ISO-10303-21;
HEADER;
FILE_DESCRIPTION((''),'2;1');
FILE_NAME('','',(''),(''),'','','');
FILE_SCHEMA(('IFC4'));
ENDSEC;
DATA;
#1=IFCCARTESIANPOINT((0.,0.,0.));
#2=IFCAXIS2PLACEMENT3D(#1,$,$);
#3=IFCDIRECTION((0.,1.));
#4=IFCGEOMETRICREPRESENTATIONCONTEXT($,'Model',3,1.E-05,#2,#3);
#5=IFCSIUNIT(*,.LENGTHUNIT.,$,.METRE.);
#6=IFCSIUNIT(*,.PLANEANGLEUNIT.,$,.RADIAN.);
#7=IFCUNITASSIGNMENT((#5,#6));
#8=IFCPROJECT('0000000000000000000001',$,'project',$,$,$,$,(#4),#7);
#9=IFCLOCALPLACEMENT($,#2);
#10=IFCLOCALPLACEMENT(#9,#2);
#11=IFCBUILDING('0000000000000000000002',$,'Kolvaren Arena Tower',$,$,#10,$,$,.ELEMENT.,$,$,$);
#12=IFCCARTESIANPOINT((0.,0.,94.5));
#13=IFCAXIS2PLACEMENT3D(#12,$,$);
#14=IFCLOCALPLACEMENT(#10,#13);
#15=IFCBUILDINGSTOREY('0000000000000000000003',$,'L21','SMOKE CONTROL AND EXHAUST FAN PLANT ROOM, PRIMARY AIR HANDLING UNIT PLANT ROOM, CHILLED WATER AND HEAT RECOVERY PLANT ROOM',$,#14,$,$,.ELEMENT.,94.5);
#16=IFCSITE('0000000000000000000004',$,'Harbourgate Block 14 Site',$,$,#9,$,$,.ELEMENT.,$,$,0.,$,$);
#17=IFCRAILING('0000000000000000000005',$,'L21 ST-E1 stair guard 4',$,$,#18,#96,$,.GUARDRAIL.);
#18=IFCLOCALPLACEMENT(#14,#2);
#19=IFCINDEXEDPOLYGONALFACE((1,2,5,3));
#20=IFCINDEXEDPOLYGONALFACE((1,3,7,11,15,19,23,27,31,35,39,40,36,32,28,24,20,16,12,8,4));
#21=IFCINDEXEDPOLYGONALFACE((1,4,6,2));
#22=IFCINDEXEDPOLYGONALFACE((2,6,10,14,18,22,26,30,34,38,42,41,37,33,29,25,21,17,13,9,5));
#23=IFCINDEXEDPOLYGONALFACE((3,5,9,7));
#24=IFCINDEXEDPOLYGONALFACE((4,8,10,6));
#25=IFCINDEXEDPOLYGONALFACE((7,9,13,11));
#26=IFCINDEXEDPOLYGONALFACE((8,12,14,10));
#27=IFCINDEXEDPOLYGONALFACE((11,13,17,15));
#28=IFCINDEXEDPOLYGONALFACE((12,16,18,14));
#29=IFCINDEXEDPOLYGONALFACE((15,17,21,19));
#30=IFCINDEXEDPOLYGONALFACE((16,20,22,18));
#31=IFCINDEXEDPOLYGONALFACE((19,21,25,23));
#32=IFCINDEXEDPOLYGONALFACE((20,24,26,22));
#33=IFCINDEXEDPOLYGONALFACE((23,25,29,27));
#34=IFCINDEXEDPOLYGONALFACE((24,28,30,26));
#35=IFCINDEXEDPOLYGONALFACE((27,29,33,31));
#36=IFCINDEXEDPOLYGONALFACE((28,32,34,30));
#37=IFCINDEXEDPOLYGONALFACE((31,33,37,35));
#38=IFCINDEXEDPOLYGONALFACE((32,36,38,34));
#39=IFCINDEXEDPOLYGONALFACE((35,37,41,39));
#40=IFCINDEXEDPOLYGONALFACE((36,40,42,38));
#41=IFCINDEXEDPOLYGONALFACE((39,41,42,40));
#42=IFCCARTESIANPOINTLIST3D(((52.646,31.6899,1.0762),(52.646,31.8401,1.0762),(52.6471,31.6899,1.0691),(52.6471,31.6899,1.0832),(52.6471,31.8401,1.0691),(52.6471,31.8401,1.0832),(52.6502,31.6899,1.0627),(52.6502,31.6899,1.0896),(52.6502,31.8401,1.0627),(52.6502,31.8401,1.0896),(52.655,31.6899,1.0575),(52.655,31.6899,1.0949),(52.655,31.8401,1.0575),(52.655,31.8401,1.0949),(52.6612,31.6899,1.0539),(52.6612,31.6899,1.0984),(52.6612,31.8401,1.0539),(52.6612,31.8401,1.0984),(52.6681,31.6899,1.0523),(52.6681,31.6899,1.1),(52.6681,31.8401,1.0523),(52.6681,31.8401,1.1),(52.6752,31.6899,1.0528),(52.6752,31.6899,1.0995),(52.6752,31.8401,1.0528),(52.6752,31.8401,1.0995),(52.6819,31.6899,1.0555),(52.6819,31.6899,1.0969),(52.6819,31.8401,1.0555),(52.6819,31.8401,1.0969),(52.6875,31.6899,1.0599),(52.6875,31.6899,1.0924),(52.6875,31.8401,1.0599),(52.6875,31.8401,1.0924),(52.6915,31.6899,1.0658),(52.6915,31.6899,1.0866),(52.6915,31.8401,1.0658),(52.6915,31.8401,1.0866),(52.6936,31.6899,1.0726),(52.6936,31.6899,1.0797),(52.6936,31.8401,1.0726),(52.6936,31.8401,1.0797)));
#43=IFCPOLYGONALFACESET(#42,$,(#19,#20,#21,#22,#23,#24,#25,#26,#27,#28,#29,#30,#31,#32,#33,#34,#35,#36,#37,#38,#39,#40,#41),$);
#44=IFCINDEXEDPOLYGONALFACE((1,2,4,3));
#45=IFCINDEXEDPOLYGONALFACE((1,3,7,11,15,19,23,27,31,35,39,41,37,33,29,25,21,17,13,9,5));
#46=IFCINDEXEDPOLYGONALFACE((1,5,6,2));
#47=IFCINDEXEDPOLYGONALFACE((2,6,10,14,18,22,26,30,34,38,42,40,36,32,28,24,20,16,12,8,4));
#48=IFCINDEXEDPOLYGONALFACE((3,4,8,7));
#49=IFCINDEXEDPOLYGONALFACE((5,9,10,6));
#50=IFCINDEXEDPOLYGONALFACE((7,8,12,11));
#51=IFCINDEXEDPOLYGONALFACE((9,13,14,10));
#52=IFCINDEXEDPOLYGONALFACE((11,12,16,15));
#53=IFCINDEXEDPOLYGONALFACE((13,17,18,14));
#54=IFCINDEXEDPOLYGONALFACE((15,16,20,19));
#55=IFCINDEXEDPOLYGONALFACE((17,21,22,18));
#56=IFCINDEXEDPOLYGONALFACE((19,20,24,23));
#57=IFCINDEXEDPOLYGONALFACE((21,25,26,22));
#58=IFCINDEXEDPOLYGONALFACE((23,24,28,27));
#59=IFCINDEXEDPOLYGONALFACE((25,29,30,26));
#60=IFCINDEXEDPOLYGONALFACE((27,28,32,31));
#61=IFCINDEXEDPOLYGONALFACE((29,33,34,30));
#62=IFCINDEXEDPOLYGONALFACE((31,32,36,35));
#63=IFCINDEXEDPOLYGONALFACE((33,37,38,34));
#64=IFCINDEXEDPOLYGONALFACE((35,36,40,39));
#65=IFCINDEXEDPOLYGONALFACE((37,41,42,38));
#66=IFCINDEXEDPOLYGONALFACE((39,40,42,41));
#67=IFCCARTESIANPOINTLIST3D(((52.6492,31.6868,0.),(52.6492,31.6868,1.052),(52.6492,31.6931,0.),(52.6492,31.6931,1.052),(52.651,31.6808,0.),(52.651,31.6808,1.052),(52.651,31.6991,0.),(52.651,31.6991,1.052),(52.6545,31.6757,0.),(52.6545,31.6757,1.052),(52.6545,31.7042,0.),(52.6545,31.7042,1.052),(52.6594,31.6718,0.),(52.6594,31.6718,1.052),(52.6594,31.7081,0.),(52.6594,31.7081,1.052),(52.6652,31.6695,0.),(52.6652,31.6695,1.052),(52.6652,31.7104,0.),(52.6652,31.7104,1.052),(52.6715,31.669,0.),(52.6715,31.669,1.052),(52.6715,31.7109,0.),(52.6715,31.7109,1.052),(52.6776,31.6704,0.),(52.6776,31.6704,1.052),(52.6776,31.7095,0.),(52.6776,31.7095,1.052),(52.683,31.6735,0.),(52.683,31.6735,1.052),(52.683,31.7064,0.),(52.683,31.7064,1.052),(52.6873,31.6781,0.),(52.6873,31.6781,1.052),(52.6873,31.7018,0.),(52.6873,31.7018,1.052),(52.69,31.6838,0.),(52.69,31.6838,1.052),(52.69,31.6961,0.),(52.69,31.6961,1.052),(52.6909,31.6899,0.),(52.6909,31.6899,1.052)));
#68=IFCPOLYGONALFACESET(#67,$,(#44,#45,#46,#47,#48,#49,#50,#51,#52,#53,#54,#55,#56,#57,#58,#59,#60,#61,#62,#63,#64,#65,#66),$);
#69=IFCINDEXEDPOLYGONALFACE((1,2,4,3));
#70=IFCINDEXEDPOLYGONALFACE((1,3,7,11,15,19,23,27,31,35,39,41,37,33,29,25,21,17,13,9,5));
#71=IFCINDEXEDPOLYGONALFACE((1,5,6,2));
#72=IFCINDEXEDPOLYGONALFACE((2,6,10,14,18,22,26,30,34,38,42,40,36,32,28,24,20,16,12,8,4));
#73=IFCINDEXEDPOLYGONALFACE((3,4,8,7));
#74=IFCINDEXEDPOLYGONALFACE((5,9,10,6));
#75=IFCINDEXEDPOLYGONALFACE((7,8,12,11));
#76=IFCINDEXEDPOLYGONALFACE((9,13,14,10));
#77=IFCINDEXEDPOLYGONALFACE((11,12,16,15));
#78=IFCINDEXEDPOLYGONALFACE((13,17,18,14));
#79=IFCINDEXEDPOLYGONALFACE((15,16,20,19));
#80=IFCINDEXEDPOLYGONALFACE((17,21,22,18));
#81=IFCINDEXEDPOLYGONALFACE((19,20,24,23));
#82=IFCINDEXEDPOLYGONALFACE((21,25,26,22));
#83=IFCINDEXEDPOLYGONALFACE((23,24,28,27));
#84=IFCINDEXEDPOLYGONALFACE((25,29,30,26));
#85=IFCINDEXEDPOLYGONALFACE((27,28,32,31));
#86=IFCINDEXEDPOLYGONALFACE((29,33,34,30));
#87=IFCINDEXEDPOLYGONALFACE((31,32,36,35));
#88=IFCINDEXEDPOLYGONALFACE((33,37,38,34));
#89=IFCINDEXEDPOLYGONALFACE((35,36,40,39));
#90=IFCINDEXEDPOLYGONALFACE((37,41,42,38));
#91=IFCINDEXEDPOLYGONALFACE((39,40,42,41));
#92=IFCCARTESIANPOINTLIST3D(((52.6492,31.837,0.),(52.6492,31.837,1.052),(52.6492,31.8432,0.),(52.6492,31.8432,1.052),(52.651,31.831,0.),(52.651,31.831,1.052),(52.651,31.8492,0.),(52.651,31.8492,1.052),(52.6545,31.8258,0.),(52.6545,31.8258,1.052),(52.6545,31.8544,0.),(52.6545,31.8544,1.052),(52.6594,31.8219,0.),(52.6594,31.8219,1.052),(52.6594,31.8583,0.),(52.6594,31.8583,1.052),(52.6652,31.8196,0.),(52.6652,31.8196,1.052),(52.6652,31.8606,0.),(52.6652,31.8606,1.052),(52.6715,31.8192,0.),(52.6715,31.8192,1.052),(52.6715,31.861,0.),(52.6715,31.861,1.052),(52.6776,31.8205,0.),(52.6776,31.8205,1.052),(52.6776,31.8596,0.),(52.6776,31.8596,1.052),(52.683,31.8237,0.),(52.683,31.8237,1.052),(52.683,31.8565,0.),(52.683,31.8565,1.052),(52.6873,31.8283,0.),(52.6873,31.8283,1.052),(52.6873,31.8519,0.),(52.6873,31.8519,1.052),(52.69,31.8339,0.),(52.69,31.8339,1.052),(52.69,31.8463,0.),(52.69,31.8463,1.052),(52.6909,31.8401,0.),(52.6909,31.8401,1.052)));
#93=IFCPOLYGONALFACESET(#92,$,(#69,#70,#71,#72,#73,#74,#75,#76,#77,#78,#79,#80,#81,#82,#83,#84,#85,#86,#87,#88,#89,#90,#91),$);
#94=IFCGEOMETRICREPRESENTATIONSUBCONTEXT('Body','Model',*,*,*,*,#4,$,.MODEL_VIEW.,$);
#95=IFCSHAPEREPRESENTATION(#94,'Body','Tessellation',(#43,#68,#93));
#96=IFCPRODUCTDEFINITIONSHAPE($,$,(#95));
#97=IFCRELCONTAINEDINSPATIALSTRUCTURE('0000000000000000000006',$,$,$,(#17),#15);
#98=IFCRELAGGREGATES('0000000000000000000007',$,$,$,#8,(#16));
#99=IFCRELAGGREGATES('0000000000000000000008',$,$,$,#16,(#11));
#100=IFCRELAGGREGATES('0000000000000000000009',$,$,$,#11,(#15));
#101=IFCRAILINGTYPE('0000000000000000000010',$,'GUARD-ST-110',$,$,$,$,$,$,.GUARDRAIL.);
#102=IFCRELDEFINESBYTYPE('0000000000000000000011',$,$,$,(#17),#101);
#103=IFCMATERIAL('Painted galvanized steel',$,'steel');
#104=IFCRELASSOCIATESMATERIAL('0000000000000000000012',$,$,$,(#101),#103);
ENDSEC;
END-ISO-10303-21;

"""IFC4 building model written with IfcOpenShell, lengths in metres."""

from ifc_helpers import new_model, si_unit, direction, frame, origin, origin_2d, place, context, subcontext, project, spatial, circle, extrude, material, type_object, element, save


model = new_model("IFC4")

# Units and contexts
model_context = context("Model", 3, precision=1e-05, world=origin(), true_north=direction((0.0, 1.0)))
body_context = subcontext(model_context, "Body", "Model", "MODEL_VIEW")
ifc_project = project(units=[si_unit("LENGTHUNIT", "METRE"), si_unit("PLANEANGLEUNIT", "RADIAN")], contexts=[model_context])

# Site, building, storey
site_placement = place(None, origin())
site = spatial("IfcSite", under=ifc_project, at=site_placement, Name="Harbourgate Block 14 Site", CompositionType="ELEMENT", RefElevation=0.0)
building_placement = place(site_placement, origin())
building = spatial("IfcBuilding", under=site, at=building_placement, Name="Kolvaren Arena Tower", CompositionType="ELEMENT")
storey_placement = place(building_placement, frame((0.0, 0.0, 94.5)))
storey = spatial("IfcBuildingStorey", under=building, at=storey_placement, Name="L21", Description="SMOKE CONTROL AND EXHAUST FAN PLANT ROOM, PRIMARY AIR HANDLING UNIT PLANT ROOM, CHILLED WATER AND HEAT RECOVERY PLANT ROOM", CompositionType="ELEMENT", Elevation=94.5)

# Railing
ifc_material_1 = material(Name="Painted galvanized steel", Category="steel")
railing_type_1 = type_object("IfcRailingType", Name="GUARD-ST-110", PredefinedType="GUARDRAIL", material=ifc_material_1)
railing_1_placement = place(storey_placement, frame((52.6699, 31.6899, 0.0)))
element("IfcRailing", 1, at=railing_1_placement, inside=storey, type_object=railing_type_1, Name="L21 ST-E1 stair guard 4", PredefinedType="GUARDRAIL", context=body_context, shape_type="SweptSolid", body=[
    extrude(circle(Radius=0.0239, at=origin_2d()), frame((0.0, 0.0, 1.0762), z_axis=(0.0, 1.0, 0.0), x_axis=(-1.0, 0.0, 0.0)), (0.0, 0.0, 1.0), 0.1501),
    extrude(circle(Radius=0.021, at=origin_2d()), origin(), (0.0, 0.0, 1.0), 1.052),
    extrude(circle(Radius=0.021, at=origin_2d()), frame((0.0, 0.1501, 0.0)), (0.0, 0.0, 1.0), 1.052),
])

save(model, "model.ifc")
